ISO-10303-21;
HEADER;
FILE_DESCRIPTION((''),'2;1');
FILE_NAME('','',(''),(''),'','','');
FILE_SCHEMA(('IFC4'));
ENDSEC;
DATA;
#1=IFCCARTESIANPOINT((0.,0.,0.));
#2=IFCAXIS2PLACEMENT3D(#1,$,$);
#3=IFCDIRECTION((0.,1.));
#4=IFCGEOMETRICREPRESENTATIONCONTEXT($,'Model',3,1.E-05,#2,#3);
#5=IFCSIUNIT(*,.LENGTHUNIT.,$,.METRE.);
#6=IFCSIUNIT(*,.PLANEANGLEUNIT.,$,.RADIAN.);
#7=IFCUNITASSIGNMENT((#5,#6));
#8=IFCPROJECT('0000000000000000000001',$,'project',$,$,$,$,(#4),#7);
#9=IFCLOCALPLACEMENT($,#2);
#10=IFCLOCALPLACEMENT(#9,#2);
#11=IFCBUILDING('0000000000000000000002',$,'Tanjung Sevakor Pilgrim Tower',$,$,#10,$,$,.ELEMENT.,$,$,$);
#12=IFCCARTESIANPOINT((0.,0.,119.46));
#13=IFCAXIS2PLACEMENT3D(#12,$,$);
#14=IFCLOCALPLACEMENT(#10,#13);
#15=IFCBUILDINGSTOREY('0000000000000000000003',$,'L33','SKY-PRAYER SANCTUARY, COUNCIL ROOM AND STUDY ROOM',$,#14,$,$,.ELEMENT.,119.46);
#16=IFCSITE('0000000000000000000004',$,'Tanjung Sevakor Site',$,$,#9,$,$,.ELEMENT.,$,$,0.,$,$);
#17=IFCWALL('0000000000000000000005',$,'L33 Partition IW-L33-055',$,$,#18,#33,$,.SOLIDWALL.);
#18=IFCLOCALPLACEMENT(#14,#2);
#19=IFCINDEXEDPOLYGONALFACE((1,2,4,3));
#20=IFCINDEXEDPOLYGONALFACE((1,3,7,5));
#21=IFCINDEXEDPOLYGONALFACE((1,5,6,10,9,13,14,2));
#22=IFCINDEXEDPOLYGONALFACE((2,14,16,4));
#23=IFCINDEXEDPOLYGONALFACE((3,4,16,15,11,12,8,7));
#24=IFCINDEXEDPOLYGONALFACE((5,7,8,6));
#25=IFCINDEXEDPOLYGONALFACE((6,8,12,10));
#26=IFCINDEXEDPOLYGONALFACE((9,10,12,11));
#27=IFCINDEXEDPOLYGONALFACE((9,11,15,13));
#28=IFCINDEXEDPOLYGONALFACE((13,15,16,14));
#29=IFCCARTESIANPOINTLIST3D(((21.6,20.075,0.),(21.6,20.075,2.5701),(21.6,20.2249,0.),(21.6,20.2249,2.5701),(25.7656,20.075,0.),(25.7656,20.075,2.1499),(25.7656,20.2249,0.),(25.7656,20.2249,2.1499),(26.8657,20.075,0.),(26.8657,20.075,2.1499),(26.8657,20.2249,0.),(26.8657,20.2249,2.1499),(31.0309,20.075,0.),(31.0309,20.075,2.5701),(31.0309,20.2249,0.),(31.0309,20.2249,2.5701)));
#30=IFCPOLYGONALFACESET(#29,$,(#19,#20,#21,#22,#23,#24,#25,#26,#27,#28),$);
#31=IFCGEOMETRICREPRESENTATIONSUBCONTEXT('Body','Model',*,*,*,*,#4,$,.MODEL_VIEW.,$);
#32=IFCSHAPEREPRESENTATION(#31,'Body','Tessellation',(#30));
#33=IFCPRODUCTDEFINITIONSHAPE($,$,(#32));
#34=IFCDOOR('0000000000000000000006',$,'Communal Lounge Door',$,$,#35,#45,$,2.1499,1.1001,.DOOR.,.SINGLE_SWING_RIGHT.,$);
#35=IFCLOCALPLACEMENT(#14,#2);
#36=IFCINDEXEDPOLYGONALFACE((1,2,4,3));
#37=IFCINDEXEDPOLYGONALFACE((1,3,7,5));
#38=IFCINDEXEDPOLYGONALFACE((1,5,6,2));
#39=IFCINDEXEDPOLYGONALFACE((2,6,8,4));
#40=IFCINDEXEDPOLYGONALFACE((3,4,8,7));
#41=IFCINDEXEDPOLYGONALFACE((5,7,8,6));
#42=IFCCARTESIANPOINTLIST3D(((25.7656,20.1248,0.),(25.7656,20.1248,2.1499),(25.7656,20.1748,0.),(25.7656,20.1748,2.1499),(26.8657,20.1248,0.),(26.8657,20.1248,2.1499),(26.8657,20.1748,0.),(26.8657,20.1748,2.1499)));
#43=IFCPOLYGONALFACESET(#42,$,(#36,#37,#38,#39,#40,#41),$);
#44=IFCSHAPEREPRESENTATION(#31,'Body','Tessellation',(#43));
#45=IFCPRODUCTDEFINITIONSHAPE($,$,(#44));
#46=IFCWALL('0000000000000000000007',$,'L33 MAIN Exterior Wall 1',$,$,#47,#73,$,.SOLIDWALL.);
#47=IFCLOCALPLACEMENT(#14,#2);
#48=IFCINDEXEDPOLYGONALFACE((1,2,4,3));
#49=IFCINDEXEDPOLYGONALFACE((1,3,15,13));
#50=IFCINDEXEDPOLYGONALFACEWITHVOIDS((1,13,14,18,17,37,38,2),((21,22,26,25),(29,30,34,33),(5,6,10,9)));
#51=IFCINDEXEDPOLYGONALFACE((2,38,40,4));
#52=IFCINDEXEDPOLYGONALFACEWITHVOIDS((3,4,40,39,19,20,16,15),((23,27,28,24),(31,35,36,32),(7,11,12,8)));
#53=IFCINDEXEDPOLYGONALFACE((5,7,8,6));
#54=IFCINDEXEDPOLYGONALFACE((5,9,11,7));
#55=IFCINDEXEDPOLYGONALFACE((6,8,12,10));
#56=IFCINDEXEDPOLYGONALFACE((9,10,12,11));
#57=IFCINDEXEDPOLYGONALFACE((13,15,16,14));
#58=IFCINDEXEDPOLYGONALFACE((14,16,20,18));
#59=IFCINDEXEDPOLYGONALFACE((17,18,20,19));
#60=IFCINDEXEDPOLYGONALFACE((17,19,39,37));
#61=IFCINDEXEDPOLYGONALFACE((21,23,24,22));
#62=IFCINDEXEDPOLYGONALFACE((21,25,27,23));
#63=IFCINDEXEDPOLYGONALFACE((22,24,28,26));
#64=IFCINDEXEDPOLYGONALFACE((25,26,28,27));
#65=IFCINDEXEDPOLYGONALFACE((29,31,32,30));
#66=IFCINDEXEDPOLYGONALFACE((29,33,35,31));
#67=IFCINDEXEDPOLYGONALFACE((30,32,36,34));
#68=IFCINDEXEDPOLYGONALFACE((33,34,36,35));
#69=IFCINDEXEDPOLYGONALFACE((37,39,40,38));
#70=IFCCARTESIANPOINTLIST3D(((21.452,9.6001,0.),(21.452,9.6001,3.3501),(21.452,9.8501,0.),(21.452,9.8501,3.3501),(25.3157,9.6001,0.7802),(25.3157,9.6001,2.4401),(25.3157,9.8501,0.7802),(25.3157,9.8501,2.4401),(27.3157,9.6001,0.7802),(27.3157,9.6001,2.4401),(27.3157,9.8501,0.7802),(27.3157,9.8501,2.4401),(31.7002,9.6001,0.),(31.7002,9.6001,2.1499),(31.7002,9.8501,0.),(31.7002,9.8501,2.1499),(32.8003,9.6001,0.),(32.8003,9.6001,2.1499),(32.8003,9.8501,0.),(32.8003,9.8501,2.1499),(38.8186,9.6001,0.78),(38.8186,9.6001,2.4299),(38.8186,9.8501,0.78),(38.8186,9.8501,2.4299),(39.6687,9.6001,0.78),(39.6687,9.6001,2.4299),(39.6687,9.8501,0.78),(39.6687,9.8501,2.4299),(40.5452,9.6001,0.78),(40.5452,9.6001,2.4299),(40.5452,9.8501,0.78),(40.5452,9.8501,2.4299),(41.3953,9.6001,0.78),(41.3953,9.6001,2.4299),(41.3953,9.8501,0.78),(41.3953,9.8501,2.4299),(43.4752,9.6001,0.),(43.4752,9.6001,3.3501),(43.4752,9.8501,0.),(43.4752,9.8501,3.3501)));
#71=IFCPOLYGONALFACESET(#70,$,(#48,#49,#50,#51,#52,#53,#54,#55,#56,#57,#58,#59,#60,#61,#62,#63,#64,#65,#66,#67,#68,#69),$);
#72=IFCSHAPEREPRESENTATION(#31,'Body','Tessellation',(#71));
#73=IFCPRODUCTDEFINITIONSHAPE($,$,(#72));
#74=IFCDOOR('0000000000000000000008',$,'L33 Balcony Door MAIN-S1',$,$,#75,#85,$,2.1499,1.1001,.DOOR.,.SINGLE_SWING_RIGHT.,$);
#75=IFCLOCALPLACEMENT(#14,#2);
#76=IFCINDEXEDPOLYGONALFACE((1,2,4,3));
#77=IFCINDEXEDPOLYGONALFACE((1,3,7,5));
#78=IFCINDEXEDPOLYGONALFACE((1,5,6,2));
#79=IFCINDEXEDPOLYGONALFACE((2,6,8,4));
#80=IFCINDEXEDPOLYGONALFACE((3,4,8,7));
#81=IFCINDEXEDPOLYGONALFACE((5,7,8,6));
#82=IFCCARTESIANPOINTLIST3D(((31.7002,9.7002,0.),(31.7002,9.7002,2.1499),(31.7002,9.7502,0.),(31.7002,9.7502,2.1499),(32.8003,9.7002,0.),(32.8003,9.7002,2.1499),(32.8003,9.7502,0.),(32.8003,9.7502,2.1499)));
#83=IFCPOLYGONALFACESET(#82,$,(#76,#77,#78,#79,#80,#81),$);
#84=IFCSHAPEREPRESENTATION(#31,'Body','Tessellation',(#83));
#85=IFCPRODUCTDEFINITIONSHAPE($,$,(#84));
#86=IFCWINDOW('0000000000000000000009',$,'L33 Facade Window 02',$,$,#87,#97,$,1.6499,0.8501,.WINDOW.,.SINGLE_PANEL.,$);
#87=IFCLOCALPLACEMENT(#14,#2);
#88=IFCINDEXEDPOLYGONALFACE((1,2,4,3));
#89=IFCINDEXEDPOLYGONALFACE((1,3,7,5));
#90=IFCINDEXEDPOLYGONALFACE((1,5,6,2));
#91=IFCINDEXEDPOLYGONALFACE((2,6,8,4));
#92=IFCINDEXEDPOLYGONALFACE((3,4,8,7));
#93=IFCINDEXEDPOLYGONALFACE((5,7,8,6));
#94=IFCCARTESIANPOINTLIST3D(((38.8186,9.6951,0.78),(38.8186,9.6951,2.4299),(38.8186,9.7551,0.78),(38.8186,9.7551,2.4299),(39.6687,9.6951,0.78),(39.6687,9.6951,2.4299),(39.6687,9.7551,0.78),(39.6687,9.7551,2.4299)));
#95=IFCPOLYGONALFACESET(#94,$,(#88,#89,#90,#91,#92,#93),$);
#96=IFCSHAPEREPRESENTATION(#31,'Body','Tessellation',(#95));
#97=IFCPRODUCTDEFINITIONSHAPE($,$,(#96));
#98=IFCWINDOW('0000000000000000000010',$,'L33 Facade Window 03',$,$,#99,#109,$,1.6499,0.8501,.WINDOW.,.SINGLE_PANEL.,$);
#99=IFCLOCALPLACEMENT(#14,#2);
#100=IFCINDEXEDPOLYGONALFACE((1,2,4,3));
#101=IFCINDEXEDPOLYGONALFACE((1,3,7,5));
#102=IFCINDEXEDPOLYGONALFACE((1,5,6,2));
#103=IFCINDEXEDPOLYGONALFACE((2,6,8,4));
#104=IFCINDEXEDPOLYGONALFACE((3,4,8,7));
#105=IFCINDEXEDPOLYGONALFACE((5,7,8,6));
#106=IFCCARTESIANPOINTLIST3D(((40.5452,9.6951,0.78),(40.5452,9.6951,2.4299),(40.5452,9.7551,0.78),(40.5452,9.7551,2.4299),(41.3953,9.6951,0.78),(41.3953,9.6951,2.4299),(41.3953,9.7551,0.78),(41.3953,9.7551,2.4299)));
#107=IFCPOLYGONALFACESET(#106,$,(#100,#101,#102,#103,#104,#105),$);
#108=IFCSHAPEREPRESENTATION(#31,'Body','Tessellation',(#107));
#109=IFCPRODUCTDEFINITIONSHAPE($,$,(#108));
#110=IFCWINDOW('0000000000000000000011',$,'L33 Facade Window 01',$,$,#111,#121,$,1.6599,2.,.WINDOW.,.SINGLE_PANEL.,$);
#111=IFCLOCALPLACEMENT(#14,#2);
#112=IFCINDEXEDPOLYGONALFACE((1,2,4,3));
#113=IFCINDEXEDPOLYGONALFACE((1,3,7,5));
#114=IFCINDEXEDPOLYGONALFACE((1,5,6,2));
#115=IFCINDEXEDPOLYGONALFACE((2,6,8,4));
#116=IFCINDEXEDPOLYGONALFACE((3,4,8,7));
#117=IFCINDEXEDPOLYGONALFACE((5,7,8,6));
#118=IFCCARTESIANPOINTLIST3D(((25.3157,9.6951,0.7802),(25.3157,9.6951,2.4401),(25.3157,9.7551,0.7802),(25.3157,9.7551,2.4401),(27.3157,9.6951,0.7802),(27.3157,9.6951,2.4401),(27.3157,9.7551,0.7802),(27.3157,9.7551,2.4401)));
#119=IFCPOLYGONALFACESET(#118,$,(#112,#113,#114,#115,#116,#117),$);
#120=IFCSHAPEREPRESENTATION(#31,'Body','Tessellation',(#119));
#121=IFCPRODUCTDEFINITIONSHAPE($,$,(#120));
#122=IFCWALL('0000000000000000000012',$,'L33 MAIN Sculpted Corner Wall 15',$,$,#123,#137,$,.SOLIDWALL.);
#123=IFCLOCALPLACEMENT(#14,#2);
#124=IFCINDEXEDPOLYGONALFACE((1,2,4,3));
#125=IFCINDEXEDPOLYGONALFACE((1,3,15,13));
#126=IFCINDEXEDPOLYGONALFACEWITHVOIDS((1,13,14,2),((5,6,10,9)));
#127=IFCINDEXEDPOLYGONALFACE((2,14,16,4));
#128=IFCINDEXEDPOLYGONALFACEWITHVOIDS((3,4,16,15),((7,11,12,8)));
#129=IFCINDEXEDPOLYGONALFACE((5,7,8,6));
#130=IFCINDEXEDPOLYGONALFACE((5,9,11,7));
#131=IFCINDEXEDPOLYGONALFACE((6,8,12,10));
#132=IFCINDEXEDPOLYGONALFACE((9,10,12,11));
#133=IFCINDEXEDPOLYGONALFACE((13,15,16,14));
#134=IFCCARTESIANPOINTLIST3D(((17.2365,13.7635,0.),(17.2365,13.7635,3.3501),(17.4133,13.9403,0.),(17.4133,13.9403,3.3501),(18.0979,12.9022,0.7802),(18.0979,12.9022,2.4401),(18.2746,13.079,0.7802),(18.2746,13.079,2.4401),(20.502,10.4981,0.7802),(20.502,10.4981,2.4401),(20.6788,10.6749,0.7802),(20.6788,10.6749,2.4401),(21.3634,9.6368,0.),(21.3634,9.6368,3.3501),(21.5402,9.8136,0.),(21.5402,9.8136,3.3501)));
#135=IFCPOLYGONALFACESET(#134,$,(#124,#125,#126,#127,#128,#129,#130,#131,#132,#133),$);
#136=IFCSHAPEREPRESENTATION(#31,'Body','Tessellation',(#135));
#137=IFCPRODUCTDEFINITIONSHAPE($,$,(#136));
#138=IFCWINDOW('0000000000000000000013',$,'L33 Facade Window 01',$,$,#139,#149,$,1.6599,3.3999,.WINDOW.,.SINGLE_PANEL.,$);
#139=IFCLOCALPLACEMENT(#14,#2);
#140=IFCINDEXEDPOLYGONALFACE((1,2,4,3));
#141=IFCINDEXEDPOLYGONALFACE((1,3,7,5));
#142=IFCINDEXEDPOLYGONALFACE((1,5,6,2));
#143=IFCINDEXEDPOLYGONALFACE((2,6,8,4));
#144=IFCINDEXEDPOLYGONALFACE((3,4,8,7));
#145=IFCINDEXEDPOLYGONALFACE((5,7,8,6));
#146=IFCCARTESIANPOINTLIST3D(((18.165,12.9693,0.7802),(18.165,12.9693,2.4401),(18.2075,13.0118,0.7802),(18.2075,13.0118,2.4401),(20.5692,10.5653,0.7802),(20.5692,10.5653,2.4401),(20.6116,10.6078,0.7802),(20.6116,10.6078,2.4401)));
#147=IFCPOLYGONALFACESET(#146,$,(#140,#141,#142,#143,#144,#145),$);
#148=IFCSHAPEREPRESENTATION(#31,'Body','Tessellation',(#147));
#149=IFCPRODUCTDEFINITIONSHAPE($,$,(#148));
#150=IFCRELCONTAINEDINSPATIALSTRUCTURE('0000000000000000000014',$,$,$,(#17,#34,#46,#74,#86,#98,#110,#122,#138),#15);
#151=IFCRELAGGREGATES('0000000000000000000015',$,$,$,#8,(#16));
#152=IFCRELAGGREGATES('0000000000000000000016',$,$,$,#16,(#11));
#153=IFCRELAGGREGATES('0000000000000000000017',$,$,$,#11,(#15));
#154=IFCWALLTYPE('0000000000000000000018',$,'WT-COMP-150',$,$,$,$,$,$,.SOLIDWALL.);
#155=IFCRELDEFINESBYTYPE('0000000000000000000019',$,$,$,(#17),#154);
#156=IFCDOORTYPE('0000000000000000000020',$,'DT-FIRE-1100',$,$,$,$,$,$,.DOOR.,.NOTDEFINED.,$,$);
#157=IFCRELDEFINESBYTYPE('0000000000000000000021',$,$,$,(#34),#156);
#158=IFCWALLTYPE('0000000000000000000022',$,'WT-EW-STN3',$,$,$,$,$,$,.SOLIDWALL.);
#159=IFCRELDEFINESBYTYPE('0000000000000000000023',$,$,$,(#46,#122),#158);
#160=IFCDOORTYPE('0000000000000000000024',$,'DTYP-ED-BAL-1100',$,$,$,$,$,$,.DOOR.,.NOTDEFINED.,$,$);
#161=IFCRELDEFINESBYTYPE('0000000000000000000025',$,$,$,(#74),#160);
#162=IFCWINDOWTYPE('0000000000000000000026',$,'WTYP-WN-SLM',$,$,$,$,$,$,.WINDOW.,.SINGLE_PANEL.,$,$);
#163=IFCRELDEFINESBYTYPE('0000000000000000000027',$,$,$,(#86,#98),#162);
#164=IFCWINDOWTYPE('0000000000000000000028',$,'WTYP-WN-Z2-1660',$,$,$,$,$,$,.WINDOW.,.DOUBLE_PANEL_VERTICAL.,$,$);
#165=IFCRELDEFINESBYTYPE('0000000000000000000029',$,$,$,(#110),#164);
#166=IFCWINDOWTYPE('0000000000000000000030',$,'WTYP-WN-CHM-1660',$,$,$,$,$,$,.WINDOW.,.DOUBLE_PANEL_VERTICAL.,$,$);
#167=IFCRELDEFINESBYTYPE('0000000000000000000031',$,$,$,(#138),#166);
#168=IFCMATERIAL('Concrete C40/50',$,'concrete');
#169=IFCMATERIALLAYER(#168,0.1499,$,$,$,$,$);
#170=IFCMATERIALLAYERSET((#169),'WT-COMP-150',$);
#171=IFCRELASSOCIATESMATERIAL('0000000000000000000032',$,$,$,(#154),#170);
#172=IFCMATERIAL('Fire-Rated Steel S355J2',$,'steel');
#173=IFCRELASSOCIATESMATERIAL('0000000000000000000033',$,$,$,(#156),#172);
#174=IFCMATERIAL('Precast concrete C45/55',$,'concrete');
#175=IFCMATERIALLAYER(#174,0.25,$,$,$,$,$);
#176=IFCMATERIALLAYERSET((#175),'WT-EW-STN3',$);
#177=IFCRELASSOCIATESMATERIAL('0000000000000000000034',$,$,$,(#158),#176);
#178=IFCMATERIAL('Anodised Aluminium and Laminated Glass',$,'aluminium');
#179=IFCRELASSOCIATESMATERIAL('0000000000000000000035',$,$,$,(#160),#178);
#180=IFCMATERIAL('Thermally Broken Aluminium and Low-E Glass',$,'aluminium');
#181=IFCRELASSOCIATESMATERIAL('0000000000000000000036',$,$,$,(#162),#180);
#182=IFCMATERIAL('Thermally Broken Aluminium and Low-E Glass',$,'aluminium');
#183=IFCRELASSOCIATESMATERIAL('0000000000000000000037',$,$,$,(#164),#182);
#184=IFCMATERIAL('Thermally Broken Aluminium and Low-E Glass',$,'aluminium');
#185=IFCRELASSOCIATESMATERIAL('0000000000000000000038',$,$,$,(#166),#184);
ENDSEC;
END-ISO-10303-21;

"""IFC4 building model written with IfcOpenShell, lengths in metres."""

from ifc_helpers import new_model, si_unit, direction, frame, frame_2d, origin, place, context, subcontext, project, spatial, rectangle, extrude, material, layer, layer_set, type_object, element, fill, save


model = new_model("IFC4")

# Units and contexts
model_context = context("Model", 3, precision=1e-05, world=origin(), true_north=direction((0.0, 1.0)))
body_context = subcontext(model_context, "Body", "Model", "MODEL_VIEW")
ifc_project = project(units=[si_unit("LENGTHUNIT", "METRE"), si_unit("PLANEANGLEUNIT", "RADIAN")], contexts=[model_context])

# Site, building, storey
site_placement = place(None, origin())
site = spatial("IfcSite", under=ifc_project, at=site_placement, Name="Tanjung Sevakor Site", CompositionType="ELEMENT", RefElevation=0.0)
building_placement = place(site_placement, origin())
building = spatial("IfcBuilding", under=site, at=building_placement, Name="Tanjung Sevakor Pilgrim Tower", CompositionType="ELEMENT")
storey_placement = place(building_placement, frame((0.0, 0.0, 119.46)))
storey = spatial("IfcBuildingStorey", under=building, at=storey_placement, Name="L33", Description="SKY-PRAYER SANCTUARY, COUNCIL ROOM AND STUDY ROOM", CompositionType="ELEMENT", Elevation=119.46)

# Shared definitions
ifc_material_1 = material(Name="Concrete C40/50", Category="concrete")
ifc_layer_1 = layer(ifc_material_1, 0.1499)
ifc_layer_set_1 = layer_set([ifc_layer_1], Name="WT-COMP-150")
wall_type_1 = type_object("IfcWallType", Name="WT-COMP-150", PredefinedType="SOLIDWALL", material=ifc_layer_set_1)

# Wall, opening, door
wall_1_placement = place(storey_placement, frame((21.6001, 20.1499, 0.0), z_axis=(0.0, 0.0, 1.0), x_axis=(1.0, 0.0, 0.0)))
wall_1 = element("IfcWall", 1, at=wall_1_placement, inside=storey, type_object=wall_type_1, Name="L33 Partition IW-L33-055", PredefinedType="SOLIDWALL", context=body_context, shape_type="SweptSolid", body=[
    extrude(rectangle(XDim=9.4309, YDim=0.1499, at=frame_2d((4.7153, 0.0))), origin(), (0.0, 0.0, 1.0), 2.5701),
])
opening_1_placement = place(wall_1_placement, frame((4.1655, 0.0, 0.0)))
opening_1 = element("IfcOpeningElement", 2, at=opening_1_placement, cuts=wall_1, PredefinedType="OPENING", context=body_context, shape_type="SweptSolid", body=[
    extrude(rectangle(XDim=1.1001, YDim=2.1499, at=frame_2d((0.55, 1.075))), frame((0.0, 0.085, 0.0), z_axis=(0.0, -1.0, 0.0), x_axis=(1.0, 0.0, 0.0)), (0.0, 0.0, 1.0), 0.1699),
])
ifc_material_2 = material(Name="Fire-Rated Steel S355J2", Category="steel")
door_type_1 = type_object("IfcDoorType", Name="DT-FIRE-1100", OperationType="NOTDEFINED", PredefinedType="DOOR", material=ifc_material_2)
door_1_placement = place(opening_1_placement, origin())
door_1 = element("IfcDoor", 3, at=door_1_placement, inside=storey, type_object=door_type_1, Name="Communal Lounge Door", OperationType="SINGLE_SWING_RIGHT", OverallHeight=2.1499, OverallWidth=1.1001, PredefinedType="DOOR", context=body_context, shape_type="SweptSolid", body=[
    extrude(rectangle(XDim=1.1001, YDim=2.1499, at=frame_2d((0.55, 1.075))), frame((0.0, 0.0249, 0.0), z_axis=(0.0, -1.0, 0.0), x_axis=(1.0, 0.0, 0.0)), (0.0, 0.0, 1.0), 0.05),
])
fill(opening_1, door_1)

# Wall, openings, door, windows
ifc_material_3 = material(Name="Precast concrete C45/55", Category="concrete")
ifc_layer_2 = layer(ifc_material_3, 0.25)
ifc_layer_set_2 = layer_set([ifc_layer_2], Name="WT-EW-STN3")
wall_type_2 = type_object("IfcWallType", Name="WT-EW-STN3", PredefinedType="SOLIDWALL", material=ifc_layer_set_2)
wall_2_placement = place(storey_placement, frame((21.4519, 9.7251, 0.0), z_axis=(0.0, 0.0, 1.0), x_axis=(1.0, 0.0, 0.0)))
wall_2 = element("IfcWall", 4, at=wall_2_placement, inside=storey, type_object=wall_type_2, Name="L33 MAIN Exterior Wall 1", PredefinedType="SOLIDWALL", context=body_context, shape_type="SweptSolid", body=[
    extrude(rectangle(XDim=22.0232, YDim=0.25, at=frame_2d((11.0117, 0.0))), origin(), (0.0, 0.0, 1.0), 3.3501),
])
opening_2_placement = place(wall_2_placement, frame((10.2483, 0.0, 0.0)))
opening_2 = element("IfcOpeningElement", 5, at=opening_2_placement, cuts=wall_2, PredefinedType="OPENING", context=body_context, shape_type="SweptSolid", body=[
    extrude(rectangle(XDim=1.1001, YDim=2.1499, at=frame_2d((0.55, 1.075))), frame((0.0, 0.135, 0.0), z_axis=(0.0, -1.0, 0.0), x_axis=(1.0, 0.0, 0.0)), (0.0, 0.0, 1.0), 0.27),
])
opening_3_placement = place(wall_2_placement, frame((3.8638, 0.0, 0.78)))
opening_3 = element("IfcOpeningElement", 6, at=opening_3_placement, cuts=wall_2, PredefinedType="OPENING", context=body_context, shape_type="SweptSolid", body=[
    extrude(rectangle(XDim=2.0, YDim=1.6599, at=frame_2d((1.0, 0.8301))), frame((0.0, 0.135, 0.0), z_axis=(0.0, -1.0, 0.0), x_axis=(1.0, 0.0, 0.0)), (0.0, 0.0, 1.0), 0.27),
])
opening_4_placement = place(wall_2_placement, frame((17.3667, 0.0, 0.78)))
opening_4 = element("IfcOpeningElement", 7, at=opening_4_placement, cuts=wall_2, PredefinedType="OPENING", context=body_context, shape_type="SweptSolid", body=[
    extrude(rectangle(XDim=0.8501, YDim=1.6499, at=frame_2d((0.425, 0.825))), frame((0.0, 0.135, 0.0), z_axis=(0.0, -1.0, 0.0), x_axis=(1.0, 0.0, 0.0)), (0.0, 0.0, 1.0), 0.27),
])
opening_5_placement = place(wall_2_placement, frame((19.0933, 0.0, 0.78)))
opening_5 = element("IfcOpeningElement", 8, at=opening_5_placement, cuts=wall_2, PredefinedType="OPENING", context=body_context, shape_type="SweptSolid", body=[
    extrude(rectangle(XDim=0.8501, YDim=1.6499, at=frame_2d((0.425, 0.825))), frame((0.0, 0.135, 0.0), z_axis=(0.0, -1.0, 0.0), x_axis=(1.0, 0.0, 0.0)), (0.0, 0.0, 1.0), 0.27),
])
ifc_material_4 = material(Name="Anodised Aluminium and Laminated Glass", Category="aluminium")
door_type_2 = type_object("IfcDoorType", Name="DTYP-ED-BAL-1100", OperationType="NOTDEFINED", PredefinedType="DOOR", material=ifc_material_4)
door_2_placement = place(opening_2_placement, frame((1.1001, 0.0, 0.0), z_axis=(0.0, 0.0, 1.0), x_axis=(-1.0, 0.0, 0.0)))
door_2 = element("IfcDoor", 9, at=door_2_placement, inside=storey, type_object=door_type_2, Name="L33 Balcony Door MAIN-S1", OperationType="SINGLE_SWING_RIGHT", OverallHeight=2.1499, OverallWidth=1.1001, PredefinedType="DOOR", context=body_context, shape_type="SweptSolid", body=[
    extrude(rectangle(XDim=1.1001, YDim=2.1499, at=frame_2d((0.55, 1.075))), frame((0.0, 0.0249, 0.0), z_axis=(0.0, -1.0, 0.0), x_axis=(1.0, 0.0, 0.0)), (0.0, 0.0, 1.0), 0.05),
])
fill(opening_2, door_2)
ifc_material_5 = material(Name="Thermally Broken Aluminium and Low-E Glass", Category="aluminium")
window_type_1 = type_object("IfcWindowType", Name="WTYP-WN-SLM", PartitioningType="SINGLE_PANEL", PredefinedType="WINDOW", material=ifc_material_5)
window_1_placement = place(opening_4_placement, origin())
window_1 = element("IfcWindow", 10, at=window_1_placement, inside=storey, type_object=window_type_1, Name="L33 Facade Window 02", OverallHeight=1.6499, OverallWidth=0.8501, PartitioningType="SINGLE_PANEL", PredefinedType="WINDOW", context=body_context, shape_type="SweptSolid", body=[
    extrude(rectangle(XDim=0.8501, YDim=1.6499, at=frame_2d((0.425, 0.825))), frame((0.0, 0.03, 0.0), z_axis=(0.0, -1.0, 0.0), x_axis=(1.0, 0.0, 0.0)), (0.0, 0.0, 1.0), 0.0601),
])
fill(opening_4, window_1)
window_2_placement = place(opening_5_placement, origin())
window_2 = element("IfcWindow", 11, at=window_2_placement, inside=storey, type_object=window_type_1, Name="L33 Facade Window 03", OverallHeight=1.6499, OverallWidth=0.8501, PartitioningType="SINGLE_PANEL", PredefinedType="WINDOW", context=body_context, shape_type="SweptSolid", body=[
    extrude(rectangle(XDim=0.8501, YDim=1.6499, at=frame_2d((0.425, 0.825))), frame((0.0, 0.03, 0.0), z_axis=(0.0, -1.0, 0.0), x_axis=(1.0, 0.0, 0.0)), (0.0, 0.0, 1.0), 0.0601),
])
fill(opening_5, window_2)
ifc_material_6 = material(Name="Thermally Broken Aluminium and Low-E Glass", Category="aluminium")
window_type_2 = type_object("IfcWindowType", Name="WTYP-WN-Z2-1660", PartitioningType="DOUBLE_PANEL_VERTICAL", PredefinedType="WINDOW", material=ifc_material_6)
window_3_placement = place(opening_3_placement, origin())
window_3 = element("IfcWindow", 12, at=window_3_placement, inside=storey, type_object=window_type_2, Name="L33 Facade Window 01", OverallHeight=1.6599, OverallWidth=2.0, PartitioningType="SINGLE_PANEL", PredefinedType="WINDOW", context=body_context, shape_type="SweptSolid", body=[
    extrude(rectangle(XDim=2.0, YDim=1.6599, at=frame_2d((1.0, 0.8301))), frame((0.0, 0.03, 0.0), z_axis=(0.0, -1.0, 0.0), x_axis=(1.0, 0.0, 0.0)), (0.0, 0.0, 1.0), 0.0601),
])
fill(opening_3, window_3)

# Wall, opening, window
wall_3_placement = place(storey_placement, frame((17.325, 13.8518, 0.0), z_axis=(0.0, 0.0, 1.0), x_axis=(0.707128, -0.707086, 0.0)))
wall_3 = element("IfcWall", 13, at=wall_3_placement, inside=storey, type_object=wall_type_2, Name="L33 MAIN Sculpted Corner Wall 15", PredefinedType="SOLIDWALL", context=body_context, shape_type="SweptSolid", body=[
    extrude(rectangle(XDim=5.8362, YDim=0.25, at=frame_2d((2.918, 0.0))), origin(), (0.0, 0.0, 1.0), 3.3501),
])
opening_6_placement = place(wall_3_placement, frame((1.218, 0.0, 0.78)))
opening_6 = element("IfcOpeningElement", 14, at=opening_6_placement, cuts=wall_3, PredefinedType="OPENING", context=body_context, shape_type="SweptSolid", body=[
    extrude(rectangle(XDim=3.3999, YDim=1.6599, at=frame_2d((1.7, 0.8301))), frame((0.0, 0.135, 0.0), z_axis=(0.0, -1.0, 0.0), x_axis=(1.0, 0.0, 0.0)), (0.0, 0.0, 1.0), 0.27),
])
ifc_material_7 = material(Name="Thermally Broken Aluminium and Low-E Glass", Category="aluminium")
window_type_3 = type_object("IfcWindowType", Name="WTYP-WN-CHM-1660", PartitioningType="DOUBLE_PANEL_VERTICAL", PredefinedType="WINDOW", material=ifc_material_7)
window_4_placement = place(opening_6_placement, origin())
window_4 = element("IfcWindow", 15, at=window_4_placement, inside=storey, type_object=window_type_3, Name="L33 Facade Window 01", OverallHeight=1.6599, OverallWidth=3.3999, PartitioningType="SINGLE_PANEL", PredefinedType="WINDOW", context=body_context, shape_type="SweptSolid", body=[
    extrude(rectangle(XDim=3.3999, YDim=1.6599, at=frame_2d((1.7, 0.8301))), frame((0.0, 0.03, 0.0), z_axis=(0.0, -1.0, 0.0), x_axis=(1.0, 0.0, 0.0)), (0.0, 0.0, 1.0), 0.0601),
])
fill(opening_6, window_4)

save(model, "model.ifc")
